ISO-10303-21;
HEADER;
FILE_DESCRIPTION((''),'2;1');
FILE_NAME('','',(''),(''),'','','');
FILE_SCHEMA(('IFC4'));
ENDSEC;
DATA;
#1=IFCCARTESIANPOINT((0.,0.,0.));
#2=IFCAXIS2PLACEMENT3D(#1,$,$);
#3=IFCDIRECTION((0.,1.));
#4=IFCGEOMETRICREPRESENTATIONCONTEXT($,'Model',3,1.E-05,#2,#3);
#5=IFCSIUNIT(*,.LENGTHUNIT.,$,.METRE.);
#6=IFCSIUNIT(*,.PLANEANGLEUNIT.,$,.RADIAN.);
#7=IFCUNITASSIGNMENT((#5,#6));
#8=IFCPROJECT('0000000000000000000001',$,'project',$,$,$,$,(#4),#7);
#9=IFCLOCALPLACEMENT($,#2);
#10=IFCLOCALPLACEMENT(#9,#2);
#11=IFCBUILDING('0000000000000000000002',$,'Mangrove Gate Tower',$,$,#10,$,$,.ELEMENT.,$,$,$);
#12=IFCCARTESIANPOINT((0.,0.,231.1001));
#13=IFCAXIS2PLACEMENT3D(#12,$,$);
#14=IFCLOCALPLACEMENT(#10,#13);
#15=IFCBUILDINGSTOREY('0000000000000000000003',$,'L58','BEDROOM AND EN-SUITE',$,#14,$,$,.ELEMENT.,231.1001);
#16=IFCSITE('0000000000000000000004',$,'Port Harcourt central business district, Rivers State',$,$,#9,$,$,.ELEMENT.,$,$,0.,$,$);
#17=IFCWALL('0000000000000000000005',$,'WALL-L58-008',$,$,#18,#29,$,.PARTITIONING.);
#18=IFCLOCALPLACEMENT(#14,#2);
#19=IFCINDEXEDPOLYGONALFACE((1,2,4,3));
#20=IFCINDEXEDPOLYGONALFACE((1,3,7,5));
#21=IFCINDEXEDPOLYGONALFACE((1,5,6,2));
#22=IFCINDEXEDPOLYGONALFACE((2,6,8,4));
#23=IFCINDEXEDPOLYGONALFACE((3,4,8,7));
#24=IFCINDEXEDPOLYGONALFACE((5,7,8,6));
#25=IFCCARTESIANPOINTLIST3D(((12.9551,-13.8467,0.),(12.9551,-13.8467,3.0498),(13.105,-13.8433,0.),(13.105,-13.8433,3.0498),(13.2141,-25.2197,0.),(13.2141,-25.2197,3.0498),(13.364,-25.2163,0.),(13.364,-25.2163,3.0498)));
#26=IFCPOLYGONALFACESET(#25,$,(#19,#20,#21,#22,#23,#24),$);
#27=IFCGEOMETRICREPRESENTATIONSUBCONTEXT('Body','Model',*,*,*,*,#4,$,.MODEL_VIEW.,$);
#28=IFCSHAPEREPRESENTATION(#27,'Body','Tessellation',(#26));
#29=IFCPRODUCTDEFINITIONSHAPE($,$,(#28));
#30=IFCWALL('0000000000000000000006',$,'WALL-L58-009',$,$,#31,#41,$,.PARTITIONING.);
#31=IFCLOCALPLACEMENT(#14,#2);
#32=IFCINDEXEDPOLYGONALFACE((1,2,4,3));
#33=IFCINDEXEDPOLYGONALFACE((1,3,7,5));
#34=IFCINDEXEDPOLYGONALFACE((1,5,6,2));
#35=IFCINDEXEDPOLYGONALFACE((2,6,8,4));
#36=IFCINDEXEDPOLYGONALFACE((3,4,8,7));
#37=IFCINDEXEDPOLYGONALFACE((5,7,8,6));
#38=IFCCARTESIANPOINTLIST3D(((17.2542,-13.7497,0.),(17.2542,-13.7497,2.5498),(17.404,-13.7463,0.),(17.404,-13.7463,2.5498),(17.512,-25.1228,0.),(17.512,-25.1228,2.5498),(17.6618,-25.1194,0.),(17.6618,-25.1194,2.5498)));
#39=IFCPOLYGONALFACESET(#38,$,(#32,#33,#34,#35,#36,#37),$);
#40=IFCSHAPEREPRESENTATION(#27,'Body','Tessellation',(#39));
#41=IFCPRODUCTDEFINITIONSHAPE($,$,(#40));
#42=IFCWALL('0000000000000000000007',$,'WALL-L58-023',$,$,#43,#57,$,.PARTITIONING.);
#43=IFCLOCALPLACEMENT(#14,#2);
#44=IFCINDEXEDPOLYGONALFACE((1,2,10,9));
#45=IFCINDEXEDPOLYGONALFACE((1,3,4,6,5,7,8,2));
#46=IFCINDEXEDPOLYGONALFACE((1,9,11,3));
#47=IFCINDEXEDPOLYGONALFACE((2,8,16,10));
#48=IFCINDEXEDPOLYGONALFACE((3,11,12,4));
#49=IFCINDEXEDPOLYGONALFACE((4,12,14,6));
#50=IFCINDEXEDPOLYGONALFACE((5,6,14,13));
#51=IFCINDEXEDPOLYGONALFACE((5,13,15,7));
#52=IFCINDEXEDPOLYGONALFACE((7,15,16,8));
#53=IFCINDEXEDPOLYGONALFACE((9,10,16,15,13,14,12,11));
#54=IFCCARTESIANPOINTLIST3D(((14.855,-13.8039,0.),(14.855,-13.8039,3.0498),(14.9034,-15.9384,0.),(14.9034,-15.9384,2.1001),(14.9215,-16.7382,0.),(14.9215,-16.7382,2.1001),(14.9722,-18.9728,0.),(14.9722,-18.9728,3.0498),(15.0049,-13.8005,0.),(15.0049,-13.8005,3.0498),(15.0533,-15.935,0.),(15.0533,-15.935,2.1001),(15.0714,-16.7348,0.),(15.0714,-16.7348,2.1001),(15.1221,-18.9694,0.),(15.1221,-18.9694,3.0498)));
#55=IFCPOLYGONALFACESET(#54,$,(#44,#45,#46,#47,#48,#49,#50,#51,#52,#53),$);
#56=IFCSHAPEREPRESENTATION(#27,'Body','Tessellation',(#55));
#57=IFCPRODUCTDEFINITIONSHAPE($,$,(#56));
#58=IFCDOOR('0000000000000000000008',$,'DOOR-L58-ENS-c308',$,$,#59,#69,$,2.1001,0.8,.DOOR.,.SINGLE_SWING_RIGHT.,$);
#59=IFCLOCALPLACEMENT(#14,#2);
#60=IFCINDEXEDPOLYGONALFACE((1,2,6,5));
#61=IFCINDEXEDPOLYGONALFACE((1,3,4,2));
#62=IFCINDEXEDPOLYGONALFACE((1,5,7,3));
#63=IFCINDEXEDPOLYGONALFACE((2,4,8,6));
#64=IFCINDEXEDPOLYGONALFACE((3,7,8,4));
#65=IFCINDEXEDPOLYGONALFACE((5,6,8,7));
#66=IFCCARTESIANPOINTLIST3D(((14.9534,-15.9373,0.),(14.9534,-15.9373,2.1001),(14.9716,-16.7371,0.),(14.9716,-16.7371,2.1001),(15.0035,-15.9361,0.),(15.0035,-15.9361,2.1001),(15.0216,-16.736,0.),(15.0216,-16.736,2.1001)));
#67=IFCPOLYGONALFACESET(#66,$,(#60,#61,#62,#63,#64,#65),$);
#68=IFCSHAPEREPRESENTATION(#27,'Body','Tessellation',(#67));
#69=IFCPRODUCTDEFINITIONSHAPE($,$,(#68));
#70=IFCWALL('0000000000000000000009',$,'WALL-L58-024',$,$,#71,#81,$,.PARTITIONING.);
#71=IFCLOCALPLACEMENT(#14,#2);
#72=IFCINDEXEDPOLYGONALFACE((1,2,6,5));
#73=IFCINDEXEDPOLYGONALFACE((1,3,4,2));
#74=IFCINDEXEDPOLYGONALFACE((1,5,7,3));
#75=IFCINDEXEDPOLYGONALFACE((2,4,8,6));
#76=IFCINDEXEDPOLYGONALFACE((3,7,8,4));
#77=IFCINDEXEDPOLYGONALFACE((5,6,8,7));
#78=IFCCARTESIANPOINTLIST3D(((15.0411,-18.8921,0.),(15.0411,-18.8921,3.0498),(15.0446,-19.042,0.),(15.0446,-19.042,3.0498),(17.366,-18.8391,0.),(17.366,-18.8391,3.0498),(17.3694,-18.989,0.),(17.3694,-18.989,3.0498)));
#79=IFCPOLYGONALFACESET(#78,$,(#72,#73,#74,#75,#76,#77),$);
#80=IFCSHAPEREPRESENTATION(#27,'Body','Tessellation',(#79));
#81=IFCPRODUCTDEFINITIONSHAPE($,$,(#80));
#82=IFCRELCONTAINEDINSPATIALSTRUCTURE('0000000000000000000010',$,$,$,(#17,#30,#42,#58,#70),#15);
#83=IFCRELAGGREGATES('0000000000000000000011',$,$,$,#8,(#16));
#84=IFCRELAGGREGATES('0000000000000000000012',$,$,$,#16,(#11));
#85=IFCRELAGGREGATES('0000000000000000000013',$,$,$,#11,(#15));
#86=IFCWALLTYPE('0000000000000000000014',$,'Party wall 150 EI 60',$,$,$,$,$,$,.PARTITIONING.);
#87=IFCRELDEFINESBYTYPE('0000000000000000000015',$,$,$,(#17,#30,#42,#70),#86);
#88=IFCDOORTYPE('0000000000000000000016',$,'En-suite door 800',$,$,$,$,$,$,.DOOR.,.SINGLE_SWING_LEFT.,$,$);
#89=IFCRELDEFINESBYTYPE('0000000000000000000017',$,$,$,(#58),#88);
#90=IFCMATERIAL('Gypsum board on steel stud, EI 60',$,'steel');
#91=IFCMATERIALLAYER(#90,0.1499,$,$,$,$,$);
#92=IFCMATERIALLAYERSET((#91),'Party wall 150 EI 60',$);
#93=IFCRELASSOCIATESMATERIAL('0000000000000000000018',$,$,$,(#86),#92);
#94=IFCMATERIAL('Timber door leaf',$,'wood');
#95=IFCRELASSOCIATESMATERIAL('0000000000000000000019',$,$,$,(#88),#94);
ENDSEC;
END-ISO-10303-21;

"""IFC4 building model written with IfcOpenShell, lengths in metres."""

from ifc_helpers import new_model, si_unit, direction, frame, frame_2d, origin, place, context, subcontext, project, spatial, rectangle, extrude, material, layer, layer_set, type_object, element, fill, save


model = new_model("IFC4")

# Units and contexts
model_context = context("Model", 3, precision=1e-05, world=origin(), true_north=direction((0.0, 1.0)))
body_context = subcontext(model_context, "Body", "Model", "MODEL_VIEW")
ifc_project = project(units=[si_unit("LENGTHUNIT", "METRE"), si_unit("PLANEANGLEUNIT", "RADIAN")], contexts=[model_context])

# Site, building, storey
site_placement = place(None, origin())
site = spatial("IfcSite", under=ifc_project, at=site_placement, Name="Port Harcourt central business district, Rivers State", CompositionType="ELEMENT", RefElevation=0.0)
building_placement = place(site_placement, origin())
building = spatial("IfcBuilding", under=site, at=building_placement, Name="Mangrove Gate Tower", CompositionType="ELEMENT")
storey_placement = place(building_placement, frame((0.0, 0.0, 231.1001)))
storey = spatial("IfcBuildingStorey", under=building, at=storey_placement, Name="L58", Description="BEDROOM AND EN-SUITE", CompositionType="ELEMENT", Elevation=231.1001)

# Walls
ifc_material_1 = material(Name="Gypsum board on steel stud, EI 60", Category="steel")
ifc_layer_1 = layer(ifc_material_1, 0.1499)
ifc_layer_set_1 = layer_set([ifc_layer_1], Name="Party wall 150 EI 60")
wall_type_1 = type_object("IfcWallType", Name="Party wall 150 EI 60", PredefinedType="PARTITIONING", material=ifc_layer_set_1)
wall_1_placement = place(storey_placement, frame((13.2891, -25.218, 0.0), z_axis=(0.0, 0.0, 1.0), x_axis=(-0.02277, 0.999741, 0.0)))
element("IfcWall", 1, at=wall_1_placement, inside=storey, type_object=wall_type_1, Name="WALL-L58-008", PredefinedType="PARTITIONING", context=body_context, shape_type="SweptSolid", body=[
    extrude(rectangle(XDim=11.376, YDim=0.1499, at=frame_2d((5.688, 0.0))), origin(), (0.0, 0.0, 1.0), 3.0498),
])
wall_2_placement = place(storey_placement, frame((17.5869, -25.1211, 0.0), z_axis=(0.0, 0.0, 1.0), x_axis=(-0.022663, 0.999743, 0.0)))
element("IfcWall", 2, at=wall_2_placement, inside=storey, type_object=wall_type_1, Name="WALL-L58-009", PredefinedType="PARTITIONING", context=body_context, shape_type="SweptSolid", body=[
    extrude(rectangle(XDim=11.376, YDim=0.1499, at=frame_2d((5.688, 0.0))), origin(), (0.0, 0.0, 1.0), 2.5498),
])

# Wall, opening, door
wall_3_placement = place(storey_placement, frame((15.0471, -18.9709, 0.0), z_axis=(0.0, 0.0, 1.0), x_axis=(-0.022666, 0.999743, 0.0)))
wall_3 = element("IfcWall", 3, at=wall_3_placement, inside=storey, type_object=wall_type_1, Name="WALL-L58-023", PredefinedType="PARTITIONING", context=body_context, shape_type="SweptSolid", body=[
    extrude(rectangle(XDim=5.1702, YDim=0.1499, at=frame_2d((2.585, 0.0))), origin(), (0.0, 0.0, 1.0), 3.0498),
])
opening_1_placement = place(wall_3_placement, frame((2.2351, 0.0, 0.0)))
opening_1 = element("IfcOpeningElement", 4, at=opening_1_placement, cuts=wall_3, PredefinedType="OPENING", context=body_context, shape_type="SweptSolid", body=[
    extrude(rectangle(XDim=0.8, YDim=2.1001, at=frame_2d((0.3999, 1.05))), frame((0.0, 0.085, 0.0), z_axis=(0.0, -1.0, 0.0), x_axis=(1.0, 0.0, 0.0)), (0.0, 0.0, 1.0), 0.1699),
])
ifc_material_2 = material(Name="Timber door leaf", Category="wood")
door_type_1 = type_object("IfcDoorType", Name="En-suite door 800", OperationType="SINGLE_SWING_LEFT", PredefinedType="DOOR", material=ifc_material_2)
door_1_placement = place(opening_1_placement, origin())
door_1 = element("IfcDoor", 5, at=door_1_placement, inside=storey, type_object=door_type_1, Name="DOOR-L58-ENS-c308", OperationType="SINGLE_SWING_RIGHT", OverallHeight=2.1001, OverallWidth=0.8, PredefinedType="DOOR", context=body_context, shape_type="SweptSolid", body=[
    extrude(rectangle(XDim=0.8, YDim=2.1001, at=frame_2d((0.3999, 1.05))), frame((0.0, 0.0249, 0.0), z_axis=(0.0, -1.0, 0.0), x_axis=(1.0, 0.0, 0.0)), (0.0, 0.0, 1.0), 0.05),
])
fill(opening_1, door_1)

# Wall
wall_4_placement = place(storey_placement, frame((15.043, -18.967, 0.0), z_axis=(0.0, 0.0, 1.0), x_axis=(0.99974, 0.022781, 0.0)))
element("IfcWall", 6, at=wall_4_placement, inside=storey, type_object=wall_type_1, Name="WALL-L58-024", PredefinedType="PARTITIONING", context=body_context, shape_type="SweptSolid", body=[
    extrude(rectangle(XDim=2.3254, YDim=0.1499, at=frame_2d((1.1626, 0.0))), origin(), (0.0, 0.0, 1.0), 3.0498),
])

save(model, "model.ifc")
